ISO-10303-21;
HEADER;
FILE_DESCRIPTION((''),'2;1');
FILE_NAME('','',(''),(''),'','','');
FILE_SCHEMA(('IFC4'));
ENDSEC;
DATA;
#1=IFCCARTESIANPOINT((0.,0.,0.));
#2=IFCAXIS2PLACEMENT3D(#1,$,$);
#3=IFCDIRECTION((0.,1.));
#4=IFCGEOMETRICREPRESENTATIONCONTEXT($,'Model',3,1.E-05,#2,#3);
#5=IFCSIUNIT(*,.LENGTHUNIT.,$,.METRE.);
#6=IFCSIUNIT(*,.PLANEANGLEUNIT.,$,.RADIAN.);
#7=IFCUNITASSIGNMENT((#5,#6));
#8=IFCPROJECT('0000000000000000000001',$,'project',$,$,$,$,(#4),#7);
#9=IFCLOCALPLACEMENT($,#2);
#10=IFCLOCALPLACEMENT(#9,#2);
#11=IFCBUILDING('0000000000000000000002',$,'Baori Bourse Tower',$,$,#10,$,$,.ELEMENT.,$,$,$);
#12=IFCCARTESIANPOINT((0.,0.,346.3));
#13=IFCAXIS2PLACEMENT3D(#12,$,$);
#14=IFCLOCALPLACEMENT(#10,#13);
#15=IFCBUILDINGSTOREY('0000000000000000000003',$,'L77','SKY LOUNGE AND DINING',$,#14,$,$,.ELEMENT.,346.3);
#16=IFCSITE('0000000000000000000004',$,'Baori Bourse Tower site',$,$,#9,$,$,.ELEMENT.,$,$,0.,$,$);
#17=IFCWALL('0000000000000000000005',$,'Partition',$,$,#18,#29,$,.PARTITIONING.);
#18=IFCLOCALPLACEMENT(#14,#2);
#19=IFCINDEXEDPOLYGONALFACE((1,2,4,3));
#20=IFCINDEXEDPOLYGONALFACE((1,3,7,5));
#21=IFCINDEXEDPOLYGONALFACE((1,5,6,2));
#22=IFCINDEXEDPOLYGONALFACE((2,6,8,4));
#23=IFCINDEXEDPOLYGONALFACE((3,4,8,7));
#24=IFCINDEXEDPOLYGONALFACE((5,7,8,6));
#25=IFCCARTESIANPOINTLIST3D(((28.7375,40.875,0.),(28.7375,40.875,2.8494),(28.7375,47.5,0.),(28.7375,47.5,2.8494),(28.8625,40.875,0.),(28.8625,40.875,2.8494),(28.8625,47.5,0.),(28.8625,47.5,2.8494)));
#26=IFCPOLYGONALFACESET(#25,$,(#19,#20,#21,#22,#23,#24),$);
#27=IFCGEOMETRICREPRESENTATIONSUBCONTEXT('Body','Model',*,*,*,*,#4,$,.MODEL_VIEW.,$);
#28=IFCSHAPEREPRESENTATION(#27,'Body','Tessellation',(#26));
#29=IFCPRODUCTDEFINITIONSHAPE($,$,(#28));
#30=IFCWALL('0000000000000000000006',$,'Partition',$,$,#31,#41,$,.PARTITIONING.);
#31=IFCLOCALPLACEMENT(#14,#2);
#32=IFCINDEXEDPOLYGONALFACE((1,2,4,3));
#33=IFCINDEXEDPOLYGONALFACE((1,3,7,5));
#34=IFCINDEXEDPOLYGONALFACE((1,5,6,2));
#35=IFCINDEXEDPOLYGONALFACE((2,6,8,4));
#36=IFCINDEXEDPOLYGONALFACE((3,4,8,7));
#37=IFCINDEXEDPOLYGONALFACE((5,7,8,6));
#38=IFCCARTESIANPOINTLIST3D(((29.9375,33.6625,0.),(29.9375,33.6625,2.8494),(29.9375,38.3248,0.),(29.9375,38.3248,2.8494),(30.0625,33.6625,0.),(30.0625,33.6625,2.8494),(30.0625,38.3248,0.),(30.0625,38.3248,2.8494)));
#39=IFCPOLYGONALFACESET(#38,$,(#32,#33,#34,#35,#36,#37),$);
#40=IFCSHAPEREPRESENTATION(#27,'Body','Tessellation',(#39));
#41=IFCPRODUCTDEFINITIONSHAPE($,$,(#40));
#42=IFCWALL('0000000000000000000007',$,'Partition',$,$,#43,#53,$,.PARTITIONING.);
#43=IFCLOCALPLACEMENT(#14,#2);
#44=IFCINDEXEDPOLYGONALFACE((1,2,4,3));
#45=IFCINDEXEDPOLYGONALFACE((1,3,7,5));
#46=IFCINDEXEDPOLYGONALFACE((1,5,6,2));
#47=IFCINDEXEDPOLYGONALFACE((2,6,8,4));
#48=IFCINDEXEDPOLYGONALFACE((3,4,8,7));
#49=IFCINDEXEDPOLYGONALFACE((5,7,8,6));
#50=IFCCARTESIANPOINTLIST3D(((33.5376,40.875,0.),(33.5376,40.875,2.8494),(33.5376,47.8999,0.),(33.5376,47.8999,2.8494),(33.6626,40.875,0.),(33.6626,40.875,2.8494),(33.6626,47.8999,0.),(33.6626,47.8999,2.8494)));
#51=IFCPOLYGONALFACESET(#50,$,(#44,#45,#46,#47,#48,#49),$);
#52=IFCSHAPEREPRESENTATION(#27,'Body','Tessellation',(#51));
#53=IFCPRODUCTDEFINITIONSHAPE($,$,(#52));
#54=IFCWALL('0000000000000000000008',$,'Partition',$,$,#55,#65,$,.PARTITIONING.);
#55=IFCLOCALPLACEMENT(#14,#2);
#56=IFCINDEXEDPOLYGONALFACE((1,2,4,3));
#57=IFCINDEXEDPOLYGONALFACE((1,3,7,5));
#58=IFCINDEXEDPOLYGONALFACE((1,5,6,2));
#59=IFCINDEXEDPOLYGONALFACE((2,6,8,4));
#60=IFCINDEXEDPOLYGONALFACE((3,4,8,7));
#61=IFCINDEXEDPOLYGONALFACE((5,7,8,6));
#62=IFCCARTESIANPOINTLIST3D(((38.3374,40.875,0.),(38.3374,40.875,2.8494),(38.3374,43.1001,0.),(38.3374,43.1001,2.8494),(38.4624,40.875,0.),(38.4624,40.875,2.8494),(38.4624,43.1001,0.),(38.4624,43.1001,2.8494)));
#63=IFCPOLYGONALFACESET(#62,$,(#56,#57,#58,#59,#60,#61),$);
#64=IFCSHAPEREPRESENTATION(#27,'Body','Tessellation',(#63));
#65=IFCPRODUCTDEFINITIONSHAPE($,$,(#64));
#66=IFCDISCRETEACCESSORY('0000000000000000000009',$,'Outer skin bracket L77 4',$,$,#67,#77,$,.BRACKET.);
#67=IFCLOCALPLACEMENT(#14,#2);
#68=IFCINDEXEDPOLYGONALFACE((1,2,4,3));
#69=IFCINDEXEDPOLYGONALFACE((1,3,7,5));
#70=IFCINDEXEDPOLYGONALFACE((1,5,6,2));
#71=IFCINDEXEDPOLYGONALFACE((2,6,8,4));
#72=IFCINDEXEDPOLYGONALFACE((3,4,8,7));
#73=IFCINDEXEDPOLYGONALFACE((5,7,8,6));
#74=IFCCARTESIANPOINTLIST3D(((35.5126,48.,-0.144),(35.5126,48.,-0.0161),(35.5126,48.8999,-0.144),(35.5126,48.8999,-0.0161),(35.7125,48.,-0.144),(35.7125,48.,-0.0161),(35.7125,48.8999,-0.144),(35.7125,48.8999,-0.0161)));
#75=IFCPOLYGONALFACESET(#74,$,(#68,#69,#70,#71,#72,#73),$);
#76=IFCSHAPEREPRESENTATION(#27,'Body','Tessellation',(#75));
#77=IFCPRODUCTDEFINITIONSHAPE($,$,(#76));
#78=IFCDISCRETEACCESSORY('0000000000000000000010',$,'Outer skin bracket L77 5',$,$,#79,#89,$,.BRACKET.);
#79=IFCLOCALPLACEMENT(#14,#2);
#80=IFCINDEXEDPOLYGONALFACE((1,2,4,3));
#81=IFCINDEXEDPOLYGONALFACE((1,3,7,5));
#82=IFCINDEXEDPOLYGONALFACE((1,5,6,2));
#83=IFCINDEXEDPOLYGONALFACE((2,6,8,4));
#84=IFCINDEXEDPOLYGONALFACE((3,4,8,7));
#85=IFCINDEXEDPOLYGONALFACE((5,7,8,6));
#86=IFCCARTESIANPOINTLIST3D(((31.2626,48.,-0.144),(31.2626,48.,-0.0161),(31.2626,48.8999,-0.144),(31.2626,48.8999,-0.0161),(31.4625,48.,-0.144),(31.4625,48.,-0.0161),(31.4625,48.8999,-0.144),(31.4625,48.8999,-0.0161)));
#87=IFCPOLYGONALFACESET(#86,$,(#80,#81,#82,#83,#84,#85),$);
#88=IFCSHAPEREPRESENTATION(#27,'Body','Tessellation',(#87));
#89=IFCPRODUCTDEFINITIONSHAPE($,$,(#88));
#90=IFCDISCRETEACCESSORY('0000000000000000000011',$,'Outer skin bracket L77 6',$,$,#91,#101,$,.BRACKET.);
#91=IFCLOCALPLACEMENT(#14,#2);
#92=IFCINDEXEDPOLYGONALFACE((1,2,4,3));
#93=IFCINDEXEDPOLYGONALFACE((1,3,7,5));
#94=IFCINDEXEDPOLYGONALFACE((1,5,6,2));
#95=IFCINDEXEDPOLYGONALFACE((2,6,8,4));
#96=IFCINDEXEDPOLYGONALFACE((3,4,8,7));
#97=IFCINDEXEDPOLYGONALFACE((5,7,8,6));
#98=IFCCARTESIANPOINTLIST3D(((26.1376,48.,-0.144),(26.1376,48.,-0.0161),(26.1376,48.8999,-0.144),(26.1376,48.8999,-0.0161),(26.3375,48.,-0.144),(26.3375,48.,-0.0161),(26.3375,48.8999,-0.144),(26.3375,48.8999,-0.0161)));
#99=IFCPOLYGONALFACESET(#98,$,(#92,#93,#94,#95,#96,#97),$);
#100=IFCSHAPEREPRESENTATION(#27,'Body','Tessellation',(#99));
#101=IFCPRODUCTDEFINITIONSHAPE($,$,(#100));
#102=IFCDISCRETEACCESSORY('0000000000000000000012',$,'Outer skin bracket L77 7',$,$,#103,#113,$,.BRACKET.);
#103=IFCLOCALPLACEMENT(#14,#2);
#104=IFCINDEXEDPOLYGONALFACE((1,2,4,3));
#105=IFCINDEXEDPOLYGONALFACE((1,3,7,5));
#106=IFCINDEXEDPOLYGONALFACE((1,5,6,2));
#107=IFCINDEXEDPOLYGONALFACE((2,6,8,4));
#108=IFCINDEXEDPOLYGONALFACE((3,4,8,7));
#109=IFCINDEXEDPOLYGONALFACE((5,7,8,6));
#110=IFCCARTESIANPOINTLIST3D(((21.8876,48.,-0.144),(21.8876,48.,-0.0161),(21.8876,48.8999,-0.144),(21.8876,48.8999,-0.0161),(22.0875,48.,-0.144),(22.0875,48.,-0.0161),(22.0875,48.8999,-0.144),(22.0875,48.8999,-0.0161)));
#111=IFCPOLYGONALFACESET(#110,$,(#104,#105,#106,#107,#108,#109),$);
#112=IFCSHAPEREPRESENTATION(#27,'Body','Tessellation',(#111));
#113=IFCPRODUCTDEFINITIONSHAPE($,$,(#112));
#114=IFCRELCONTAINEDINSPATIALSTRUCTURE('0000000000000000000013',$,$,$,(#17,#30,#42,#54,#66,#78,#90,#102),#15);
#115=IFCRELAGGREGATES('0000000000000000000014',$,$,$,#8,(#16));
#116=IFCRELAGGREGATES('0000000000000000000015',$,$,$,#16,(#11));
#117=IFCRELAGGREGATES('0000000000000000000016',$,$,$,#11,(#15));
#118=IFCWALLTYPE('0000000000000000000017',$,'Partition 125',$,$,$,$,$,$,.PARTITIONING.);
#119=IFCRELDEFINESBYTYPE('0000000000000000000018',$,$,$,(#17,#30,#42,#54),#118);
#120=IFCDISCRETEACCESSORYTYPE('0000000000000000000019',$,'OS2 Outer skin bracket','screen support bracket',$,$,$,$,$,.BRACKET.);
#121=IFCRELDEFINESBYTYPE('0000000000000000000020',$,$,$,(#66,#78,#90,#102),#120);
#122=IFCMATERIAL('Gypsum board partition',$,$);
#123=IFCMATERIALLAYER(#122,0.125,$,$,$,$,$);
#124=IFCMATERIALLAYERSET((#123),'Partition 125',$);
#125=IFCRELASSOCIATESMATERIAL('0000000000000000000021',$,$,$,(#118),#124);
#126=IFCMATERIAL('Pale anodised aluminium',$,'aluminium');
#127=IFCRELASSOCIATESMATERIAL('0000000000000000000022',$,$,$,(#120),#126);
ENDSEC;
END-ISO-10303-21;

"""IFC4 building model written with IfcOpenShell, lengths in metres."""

from ifc_helpers import new_model, si_unit, direction, frame, frame_2d, origin, origin_2d, place, context, subcontext, project, spatial, rectangle, extrude, material, layer, layer_set, type_object, element, save


model = new_model("IFC4")

# Units and contexts
model_context = context("Model", 3, precision=1e-05, world=origin(), true_north=direction((0.0, 1.0)))
body_context = subcontext(model_context, "Body", "Model", "MODEL_VIEW")
ifc_project = project(units=[si_unit("LENGTHUNIT", "METRE"), si_unit("PLANEANGLEUNIT", "RADIAN")], contexts=[model_context])

# Site, building, storey
site_placement = place(None, origin())
site = spatial("IfcSite", under=ifc_project, at=site_placement, Name="Baori Bourse Tower site", CompositionType="ELEMENT", RefElevation=0.0)
building_placement = place(site_placement, origin())
building = spatial("IfcBuilding", under=site, at=building_placement, Name="Baori Bourse Tower", CompositionType="ELEMENT")
storey_placement = place(building_placement, frame((0.0, 0.0, 346.3)))
storey = spatial("IfcBuildingStorey", under=building, at=storey_placement, Name="L77", Description="SKY LOUNGE AND DINING", CompositionType="ELEMENT", Elevation=346.3)

# Walls
ifc_material_1 = material(Name="Gypsum board partition")
ifc_layer_1 = layer(ifc_material_1, 0.125)
ifc_layer_set_1 = layer_set([ifc_layer_1], Name="Partition 125")
wall_type_1 = type_object("IfcWallType", Name="Partition 125", PredefinedType="PARTITIONING", material=ifc_layer_set_1)
wall_1_placement = place(storey_placement, frame((28.8, 40.875, 0.0), z_axis=(0.0, 0.0, 1.0), x_axis=(0.0, 1.0, 0.0)))
element("IfcWall", 1, at=wall_1_placement, inside=storey, type_object=wall_type_1, Name="Partition", PredefinedType="PARTITIONING", context=body_context, shape_type="SweptSolid", body=[
    extrude(rectangle(XDim=6.625, YDim=0.125, at=frame_2d((3.3125, 0.0))), origin(), (0.0, 0.0, 1.0), 2.8494),
])
wall_2_placement = place(storey_placement, frame((30.0, 33.6626, 0.0), z_axis=(0.0, 0.0, 1.0), x_axis=(0.0, 1.0, 0.0)))
element("IfcWall", 2, at=wall_2_placement, inside=storey, type_object=wall_type_1, Name="Partition", PredefinedType="PARTITIONING", context=body_context, shape_type="SweptSolid", body=[
    extrude(rectangle(XDim=4.6624, YDim=0.125, at=frame_2d((2.3311, 0.0))), origin(), (0.0, 0.0, 1.0), 2.8494),
])
wall_3_placement = place(storey_placement, frame((33.6001, 40.875, 0.0), z_axis=(0.0, 0.0, 1.0), x_axis=(0.0, 1.0, 0.0)))
element("IfcWall", 3, at=wall_3_placement, inside=storey, type_object=wall_type_1, Name="Partition", PredefinedType="PARTITIONING", context=body_context, shape_type="SweptSolid", body=[
    extrude(rectangle(XDim=7.0249, YDim=0.125, at=frame_2d((3.5125, 0.0))), origin(), (0.0, 0.0, 1.0), 2.8494),
])
wall_4_placement = place(storey_placement, frame((38.3999, 40.875, 0.0), z_axis=(0.0, 0.0, 1.0), x_axis=(0.0, 1.0, 0.0)))
element("IfcWall", 4, at=wall_4_placement, inside=storey, type_object=wall_type_1, Name="Partition", PredefinedType="PARTITIONING", context=body_context, shape_type="SweptSolid", body=[
    extrude(rectangle(XDim=2.2251, YDim=0.125, at=frame_2d((1.1125, 0.0))), origin(), (0.0, 0.0, 1.0), 2.8494),
])

# Discrete accessories
ifc_material_2 = material(Name="Pale anodised aluminium", Category="aluminium")
discrete_accessory_type = type_object("IfcDiscreteAccessoryType", Name="OS2 Outer skin bracket", Description="screen support bracket", PredefinedType="BRACKET", material=ifc_material_2)
for number, where, z_axis, x_axis, name in (
    (5, (35.6125, 48.45, -0.144), (0.0, 0.0, 1.0), (-1.0, 0.0, 0.0), "Outer skin bracket L77 4"),
    (6, (31.3625, 48.45, -0.144), (0.0, 0.0, 1.0), (-1.0, 0.0, 0.0), "Outer skin bracket L77 5"),
    (7, (26.2375, 48.45, -0.144), (0.0, 0.0, 1.0), (-1.0, 0.0, 0.0), "Outer skin bracket L77 6"),
    (8, (21.9875, 48.45, -0.144), (0.0, 0.0, 1.0), (-1.0, 0.0, 0.0), "Outer skin bracket L77 7"),
):
    element("IfcDiscreteAccessory", number, at=place(storey_placement, frame(where, z_axis=z_axis, x_axis=x_axis)), inside=storey, type_object=discrete_accessory_type, Name=name, PredefinedType="BRACKET", context=body_context, shape_type="SweptSolid", body=[
        extrude(rectangle(XDim=0.2, YDim=0.8999, at=origin_2d()), origin(), (0.0, 0.0, 1.0), 0.1279),
    ])

save(model, "model.ifc")
